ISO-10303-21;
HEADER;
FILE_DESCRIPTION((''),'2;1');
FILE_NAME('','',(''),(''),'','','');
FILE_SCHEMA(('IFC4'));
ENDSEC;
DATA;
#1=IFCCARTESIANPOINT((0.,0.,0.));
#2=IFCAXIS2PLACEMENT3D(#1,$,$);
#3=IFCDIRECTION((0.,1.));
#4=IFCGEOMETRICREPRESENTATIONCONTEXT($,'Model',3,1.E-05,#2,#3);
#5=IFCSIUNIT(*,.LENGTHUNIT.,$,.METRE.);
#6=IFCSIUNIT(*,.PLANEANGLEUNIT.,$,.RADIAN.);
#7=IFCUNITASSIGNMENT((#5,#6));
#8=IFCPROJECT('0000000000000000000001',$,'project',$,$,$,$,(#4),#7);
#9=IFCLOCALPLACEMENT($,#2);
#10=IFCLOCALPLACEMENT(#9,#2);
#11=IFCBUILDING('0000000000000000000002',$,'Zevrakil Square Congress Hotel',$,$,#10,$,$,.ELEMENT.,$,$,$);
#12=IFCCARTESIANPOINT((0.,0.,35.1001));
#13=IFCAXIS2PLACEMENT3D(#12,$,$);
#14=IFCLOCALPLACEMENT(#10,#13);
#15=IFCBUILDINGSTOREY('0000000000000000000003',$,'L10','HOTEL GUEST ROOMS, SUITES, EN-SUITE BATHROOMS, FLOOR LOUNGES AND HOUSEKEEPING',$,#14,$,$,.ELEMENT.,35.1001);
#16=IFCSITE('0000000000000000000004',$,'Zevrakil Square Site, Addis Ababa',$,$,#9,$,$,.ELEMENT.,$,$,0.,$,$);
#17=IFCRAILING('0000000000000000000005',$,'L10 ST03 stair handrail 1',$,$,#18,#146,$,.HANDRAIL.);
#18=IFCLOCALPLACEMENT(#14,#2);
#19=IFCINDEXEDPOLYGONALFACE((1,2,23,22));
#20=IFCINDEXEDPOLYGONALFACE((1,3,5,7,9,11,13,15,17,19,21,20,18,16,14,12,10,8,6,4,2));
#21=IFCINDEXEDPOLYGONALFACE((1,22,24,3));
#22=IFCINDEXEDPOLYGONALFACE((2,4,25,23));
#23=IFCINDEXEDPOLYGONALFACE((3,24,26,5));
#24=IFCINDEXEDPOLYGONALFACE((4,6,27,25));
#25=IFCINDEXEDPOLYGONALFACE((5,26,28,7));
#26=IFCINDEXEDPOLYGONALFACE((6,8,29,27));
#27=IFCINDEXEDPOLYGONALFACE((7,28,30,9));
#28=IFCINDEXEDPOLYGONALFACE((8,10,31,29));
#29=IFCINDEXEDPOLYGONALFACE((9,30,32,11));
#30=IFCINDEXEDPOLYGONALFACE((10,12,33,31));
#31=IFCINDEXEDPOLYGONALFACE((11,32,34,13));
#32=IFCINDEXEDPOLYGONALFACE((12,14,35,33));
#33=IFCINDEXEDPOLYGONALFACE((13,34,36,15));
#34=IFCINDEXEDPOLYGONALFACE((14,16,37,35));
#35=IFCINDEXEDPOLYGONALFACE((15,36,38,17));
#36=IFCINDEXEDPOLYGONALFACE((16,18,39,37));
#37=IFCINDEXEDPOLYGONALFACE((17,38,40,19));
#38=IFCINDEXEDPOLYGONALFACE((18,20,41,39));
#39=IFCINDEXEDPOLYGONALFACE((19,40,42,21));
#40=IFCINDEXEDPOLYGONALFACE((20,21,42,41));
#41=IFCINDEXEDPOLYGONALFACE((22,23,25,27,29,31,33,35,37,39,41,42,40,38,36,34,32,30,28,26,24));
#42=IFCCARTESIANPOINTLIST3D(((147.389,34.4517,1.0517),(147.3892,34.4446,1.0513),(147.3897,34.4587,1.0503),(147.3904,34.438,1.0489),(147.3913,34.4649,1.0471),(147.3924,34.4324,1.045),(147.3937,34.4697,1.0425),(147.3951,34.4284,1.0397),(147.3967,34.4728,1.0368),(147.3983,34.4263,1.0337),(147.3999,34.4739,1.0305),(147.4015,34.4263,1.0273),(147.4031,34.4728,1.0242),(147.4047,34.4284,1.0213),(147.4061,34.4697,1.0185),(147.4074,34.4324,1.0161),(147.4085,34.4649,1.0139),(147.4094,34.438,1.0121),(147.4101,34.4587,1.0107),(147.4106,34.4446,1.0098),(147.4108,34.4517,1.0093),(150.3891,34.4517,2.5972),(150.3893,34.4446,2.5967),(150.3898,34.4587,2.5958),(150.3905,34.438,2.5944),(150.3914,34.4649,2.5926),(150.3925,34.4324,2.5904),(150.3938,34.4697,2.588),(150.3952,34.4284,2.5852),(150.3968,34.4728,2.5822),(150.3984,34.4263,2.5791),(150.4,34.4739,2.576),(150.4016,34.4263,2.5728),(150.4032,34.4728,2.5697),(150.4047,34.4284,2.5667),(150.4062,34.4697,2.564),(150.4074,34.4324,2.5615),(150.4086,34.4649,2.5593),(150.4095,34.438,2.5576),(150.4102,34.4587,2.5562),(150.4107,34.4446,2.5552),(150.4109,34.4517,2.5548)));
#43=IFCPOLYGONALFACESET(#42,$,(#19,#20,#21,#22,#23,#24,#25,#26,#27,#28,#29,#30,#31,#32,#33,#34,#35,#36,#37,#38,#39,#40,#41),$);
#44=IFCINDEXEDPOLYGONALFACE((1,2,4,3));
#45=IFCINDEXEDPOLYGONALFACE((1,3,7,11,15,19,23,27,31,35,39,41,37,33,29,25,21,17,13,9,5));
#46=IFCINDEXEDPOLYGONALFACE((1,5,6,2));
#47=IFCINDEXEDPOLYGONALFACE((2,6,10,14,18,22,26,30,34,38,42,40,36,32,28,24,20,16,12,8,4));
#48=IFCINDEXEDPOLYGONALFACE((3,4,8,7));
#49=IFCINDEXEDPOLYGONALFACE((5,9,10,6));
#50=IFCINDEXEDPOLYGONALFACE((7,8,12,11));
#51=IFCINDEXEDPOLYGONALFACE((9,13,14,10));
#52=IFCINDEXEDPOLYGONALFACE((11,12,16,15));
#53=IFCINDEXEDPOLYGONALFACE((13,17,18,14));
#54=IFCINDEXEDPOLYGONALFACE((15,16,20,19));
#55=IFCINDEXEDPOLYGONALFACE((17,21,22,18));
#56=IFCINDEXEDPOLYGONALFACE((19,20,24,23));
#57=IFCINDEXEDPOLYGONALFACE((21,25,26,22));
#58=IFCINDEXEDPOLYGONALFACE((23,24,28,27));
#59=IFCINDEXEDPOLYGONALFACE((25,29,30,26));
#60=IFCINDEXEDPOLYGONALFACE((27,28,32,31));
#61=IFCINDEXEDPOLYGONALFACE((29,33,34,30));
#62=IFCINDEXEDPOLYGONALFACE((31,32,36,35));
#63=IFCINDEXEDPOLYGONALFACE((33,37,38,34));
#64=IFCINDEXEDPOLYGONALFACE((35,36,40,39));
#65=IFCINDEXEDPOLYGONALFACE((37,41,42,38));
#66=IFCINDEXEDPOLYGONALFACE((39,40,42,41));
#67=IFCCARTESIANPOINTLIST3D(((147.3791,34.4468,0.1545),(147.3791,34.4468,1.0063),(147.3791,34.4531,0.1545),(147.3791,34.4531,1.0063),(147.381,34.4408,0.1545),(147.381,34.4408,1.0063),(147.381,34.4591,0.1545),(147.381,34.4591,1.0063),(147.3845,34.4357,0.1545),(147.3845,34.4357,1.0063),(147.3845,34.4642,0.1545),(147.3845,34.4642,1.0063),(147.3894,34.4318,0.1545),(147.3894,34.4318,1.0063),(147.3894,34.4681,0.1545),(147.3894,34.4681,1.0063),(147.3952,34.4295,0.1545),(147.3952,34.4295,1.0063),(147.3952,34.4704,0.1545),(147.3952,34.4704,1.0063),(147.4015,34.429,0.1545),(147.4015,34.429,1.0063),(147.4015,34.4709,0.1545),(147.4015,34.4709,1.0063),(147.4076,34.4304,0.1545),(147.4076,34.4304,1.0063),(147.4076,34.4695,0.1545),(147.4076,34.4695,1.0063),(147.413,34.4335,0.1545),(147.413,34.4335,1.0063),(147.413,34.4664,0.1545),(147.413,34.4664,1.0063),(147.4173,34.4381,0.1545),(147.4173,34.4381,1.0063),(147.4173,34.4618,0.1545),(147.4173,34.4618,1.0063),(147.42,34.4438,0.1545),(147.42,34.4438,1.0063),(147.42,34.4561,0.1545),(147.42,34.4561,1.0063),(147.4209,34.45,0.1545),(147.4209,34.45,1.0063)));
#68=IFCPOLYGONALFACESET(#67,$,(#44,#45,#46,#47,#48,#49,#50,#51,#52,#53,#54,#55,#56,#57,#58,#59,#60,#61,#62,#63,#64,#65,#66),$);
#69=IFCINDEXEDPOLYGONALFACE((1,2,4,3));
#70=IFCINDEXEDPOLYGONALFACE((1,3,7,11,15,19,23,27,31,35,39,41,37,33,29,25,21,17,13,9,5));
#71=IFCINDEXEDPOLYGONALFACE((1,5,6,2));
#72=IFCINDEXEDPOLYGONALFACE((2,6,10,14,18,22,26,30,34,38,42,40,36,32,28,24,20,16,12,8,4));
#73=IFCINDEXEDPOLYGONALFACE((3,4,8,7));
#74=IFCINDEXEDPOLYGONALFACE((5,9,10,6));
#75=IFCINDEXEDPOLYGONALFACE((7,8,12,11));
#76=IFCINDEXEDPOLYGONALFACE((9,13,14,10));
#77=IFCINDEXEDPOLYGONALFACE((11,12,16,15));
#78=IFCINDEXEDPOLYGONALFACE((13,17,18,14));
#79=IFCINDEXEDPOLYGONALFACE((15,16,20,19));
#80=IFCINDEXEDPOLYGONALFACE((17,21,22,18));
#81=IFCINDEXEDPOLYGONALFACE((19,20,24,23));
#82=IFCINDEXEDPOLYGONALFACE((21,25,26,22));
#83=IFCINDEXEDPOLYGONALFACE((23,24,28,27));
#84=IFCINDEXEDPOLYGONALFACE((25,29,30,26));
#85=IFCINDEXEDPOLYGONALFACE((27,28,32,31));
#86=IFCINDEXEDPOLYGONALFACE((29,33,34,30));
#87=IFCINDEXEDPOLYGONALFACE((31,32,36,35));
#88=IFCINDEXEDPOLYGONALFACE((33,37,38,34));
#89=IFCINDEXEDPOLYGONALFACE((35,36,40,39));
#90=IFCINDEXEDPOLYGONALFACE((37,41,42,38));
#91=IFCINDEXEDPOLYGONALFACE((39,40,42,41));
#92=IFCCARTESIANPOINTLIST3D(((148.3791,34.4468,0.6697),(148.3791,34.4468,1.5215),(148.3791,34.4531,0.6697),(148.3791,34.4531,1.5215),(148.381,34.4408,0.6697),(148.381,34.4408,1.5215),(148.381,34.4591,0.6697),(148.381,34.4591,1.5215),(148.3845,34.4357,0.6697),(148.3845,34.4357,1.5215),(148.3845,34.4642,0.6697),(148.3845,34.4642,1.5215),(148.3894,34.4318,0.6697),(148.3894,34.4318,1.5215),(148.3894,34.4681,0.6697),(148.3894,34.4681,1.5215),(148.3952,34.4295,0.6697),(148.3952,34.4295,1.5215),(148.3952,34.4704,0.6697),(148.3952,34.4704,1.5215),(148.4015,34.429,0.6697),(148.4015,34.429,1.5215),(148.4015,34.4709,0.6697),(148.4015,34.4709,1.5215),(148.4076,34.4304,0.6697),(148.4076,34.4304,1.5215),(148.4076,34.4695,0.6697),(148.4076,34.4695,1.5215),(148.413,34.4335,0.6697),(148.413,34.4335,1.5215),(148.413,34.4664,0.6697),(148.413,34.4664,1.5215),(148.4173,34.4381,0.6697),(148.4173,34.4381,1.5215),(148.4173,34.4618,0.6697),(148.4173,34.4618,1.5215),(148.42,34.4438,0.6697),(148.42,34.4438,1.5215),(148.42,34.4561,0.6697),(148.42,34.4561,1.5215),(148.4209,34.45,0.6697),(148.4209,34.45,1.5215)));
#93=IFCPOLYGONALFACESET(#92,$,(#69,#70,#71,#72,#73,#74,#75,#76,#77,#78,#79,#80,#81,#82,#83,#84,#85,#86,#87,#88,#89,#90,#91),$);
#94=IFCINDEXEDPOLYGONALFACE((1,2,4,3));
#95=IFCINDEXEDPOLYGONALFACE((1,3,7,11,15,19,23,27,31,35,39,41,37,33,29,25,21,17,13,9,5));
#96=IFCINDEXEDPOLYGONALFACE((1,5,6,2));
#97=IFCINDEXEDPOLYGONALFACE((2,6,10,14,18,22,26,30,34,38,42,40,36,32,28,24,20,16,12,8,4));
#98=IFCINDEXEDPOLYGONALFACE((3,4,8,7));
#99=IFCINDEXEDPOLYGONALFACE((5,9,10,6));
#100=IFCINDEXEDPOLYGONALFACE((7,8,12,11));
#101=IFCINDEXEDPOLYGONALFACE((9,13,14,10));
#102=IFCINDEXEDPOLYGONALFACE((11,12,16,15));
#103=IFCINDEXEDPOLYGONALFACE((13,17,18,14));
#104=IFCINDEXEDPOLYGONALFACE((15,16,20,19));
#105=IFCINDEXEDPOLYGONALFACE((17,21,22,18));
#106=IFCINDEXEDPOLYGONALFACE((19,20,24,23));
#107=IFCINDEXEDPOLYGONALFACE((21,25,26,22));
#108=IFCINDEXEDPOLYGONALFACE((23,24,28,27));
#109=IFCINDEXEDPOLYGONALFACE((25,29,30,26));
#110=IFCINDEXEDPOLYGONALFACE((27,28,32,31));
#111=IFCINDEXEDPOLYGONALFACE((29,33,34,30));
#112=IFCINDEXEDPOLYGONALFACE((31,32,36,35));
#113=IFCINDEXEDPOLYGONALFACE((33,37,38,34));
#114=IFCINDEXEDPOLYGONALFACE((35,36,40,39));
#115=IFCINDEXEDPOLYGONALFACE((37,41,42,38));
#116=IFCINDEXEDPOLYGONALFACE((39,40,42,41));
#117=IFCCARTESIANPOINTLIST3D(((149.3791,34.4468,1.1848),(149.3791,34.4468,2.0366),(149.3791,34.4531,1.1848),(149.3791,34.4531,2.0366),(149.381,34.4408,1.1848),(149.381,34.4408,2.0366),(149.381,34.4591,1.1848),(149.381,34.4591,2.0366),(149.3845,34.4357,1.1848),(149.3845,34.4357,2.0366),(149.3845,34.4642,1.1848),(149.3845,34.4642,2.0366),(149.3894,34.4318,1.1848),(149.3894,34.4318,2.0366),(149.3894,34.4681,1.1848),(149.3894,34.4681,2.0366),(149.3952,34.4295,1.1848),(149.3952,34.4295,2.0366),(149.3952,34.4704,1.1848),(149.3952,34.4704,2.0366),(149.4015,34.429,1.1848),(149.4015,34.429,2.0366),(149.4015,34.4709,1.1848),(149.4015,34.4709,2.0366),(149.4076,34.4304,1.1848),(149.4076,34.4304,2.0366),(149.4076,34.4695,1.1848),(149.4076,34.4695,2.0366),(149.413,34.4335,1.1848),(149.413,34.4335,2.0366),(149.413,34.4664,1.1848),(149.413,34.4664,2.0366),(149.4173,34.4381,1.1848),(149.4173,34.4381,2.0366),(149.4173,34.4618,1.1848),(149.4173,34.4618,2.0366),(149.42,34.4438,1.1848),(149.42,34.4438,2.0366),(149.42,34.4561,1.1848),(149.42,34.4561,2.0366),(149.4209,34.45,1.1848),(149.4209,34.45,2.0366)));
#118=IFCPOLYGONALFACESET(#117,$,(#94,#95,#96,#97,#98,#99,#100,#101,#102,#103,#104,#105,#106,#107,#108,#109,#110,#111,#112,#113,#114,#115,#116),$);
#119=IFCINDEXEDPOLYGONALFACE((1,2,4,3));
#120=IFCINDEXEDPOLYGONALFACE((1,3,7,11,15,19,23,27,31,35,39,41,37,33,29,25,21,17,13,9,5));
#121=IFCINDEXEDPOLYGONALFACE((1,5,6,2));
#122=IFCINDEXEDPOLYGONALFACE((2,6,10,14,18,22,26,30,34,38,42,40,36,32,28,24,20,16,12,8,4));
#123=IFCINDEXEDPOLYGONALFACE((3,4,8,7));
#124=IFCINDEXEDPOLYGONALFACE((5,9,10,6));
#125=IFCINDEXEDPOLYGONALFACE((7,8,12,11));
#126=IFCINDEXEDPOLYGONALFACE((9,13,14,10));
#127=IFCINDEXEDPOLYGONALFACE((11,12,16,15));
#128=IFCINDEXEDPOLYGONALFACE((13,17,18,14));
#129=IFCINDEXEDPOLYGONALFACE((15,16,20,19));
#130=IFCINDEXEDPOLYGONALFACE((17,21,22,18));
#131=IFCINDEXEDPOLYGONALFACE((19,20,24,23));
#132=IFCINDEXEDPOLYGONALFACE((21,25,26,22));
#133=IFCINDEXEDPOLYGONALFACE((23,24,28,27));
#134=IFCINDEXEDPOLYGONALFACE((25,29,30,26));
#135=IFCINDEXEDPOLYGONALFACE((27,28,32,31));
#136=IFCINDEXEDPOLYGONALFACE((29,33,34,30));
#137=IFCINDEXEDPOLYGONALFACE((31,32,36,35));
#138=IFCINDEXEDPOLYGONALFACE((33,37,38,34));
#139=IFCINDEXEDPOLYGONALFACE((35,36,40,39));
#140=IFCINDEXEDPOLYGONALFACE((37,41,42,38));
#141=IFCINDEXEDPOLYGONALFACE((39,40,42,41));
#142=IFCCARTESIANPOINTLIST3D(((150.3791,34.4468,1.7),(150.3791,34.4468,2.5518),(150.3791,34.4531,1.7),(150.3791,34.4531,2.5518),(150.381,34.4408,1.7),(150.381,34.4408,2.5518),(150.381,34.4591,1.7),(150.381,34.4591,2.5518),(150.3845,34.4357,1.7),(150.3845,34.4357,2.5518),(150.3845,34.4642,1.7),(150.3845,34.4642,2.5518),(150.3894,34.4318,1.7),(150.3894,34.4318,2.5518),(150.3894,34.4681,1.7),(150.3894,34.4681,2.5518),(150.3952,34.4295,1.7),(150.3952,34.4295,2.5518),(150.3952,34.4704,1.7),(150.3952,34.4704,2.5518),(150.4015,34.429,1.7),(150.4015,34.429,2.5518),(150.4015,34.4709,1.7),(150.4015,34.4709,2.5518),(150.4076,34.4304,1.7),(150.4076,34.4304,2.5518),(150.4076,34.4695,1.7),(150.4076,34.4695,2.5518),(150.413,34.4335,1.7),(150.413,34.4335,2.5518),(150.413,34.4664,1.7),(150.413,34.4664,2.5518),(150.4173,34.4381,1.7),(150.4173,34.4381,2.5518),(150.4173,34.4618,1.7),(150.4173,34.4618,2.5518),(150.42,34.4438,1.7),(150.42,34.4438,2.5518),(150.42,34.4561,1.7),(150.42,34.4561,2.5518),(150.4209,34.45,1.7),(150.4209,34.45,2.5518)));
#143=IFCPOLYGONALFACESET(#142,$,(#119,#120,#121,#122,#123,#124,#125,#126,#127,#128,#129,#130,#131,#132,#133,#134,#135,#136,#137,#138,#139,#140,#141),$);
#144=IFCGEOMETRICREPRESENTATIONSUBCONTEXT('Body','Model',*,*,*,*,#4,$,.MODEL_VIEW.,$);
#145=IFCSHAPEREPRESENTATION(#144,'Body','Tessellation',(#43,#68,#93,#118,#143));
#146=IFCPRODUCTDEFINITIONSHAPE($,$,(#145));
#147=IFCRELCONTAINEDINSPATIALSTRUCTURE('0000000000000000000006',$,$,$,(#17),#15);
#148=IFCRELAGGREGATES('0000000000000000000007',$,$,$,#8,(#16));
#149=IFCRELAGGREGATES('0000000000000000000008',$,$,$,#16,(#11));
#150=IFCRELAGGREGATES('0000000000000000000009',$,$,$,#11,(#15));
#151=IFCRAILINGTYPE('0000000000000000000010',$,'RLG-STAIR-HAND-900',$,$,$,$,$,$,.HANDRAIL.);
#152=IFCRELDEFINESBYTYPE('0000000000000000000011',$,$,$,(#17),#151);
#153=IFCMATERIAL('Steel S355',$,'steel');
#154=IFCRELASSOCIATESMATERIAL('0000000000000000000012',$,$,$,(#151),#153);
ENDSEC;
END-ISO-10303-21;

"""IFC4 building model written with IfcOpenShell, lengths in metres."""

from ifc_helpers import new_model, si_unit, direction, frame, origin, origin_2d, place, context, subcontext, project, spatial, circle, extrude, material, type_object, element, save


model = new_model("IFC4")

# Units and contexts
model_context = context("Model", 3, precision=1e-05, world=origin(), true_north=direction((0.0, 1.0)))
body_context = subcontext(model_context, "Body", "Model", "MODEL_VIEW")
ifc_project = project(units=[si_unit("LENGTHUNIT", "METRE"), si_unit("PLANEANGLEUNIT", "RADIAN")], contexts=[model_context])

# Site, building, storey
site_placement = place(None, origin())
site = spatial("IfcSite", under=ifc_project, at=site_placement, Name="Zevrakil Square Site, Addis Ababa", CompositionType="ELEMENT", RefElevation=0.0)
building_placement = place(site_placement, origin())
building = spatial("IfcBuilding", under=site, at=building_placement, Name="Zevrakil Square Congress Hotel", CompositionType="ELEMENT")
storey_placement = place(building_placement, frame((0.0, 0.0, 35.1001)))
storey = spatial("IfcBuildingStorey", under=building, at=storey_placement, Name="L10", Description="HOTEL GUEST ROOMS, SUITES, EN-SUITE BATHROOMS, FLOOR LOUNGES AND HOUSEKEEPING", CompositionType="ELEMENT", Elevation=35.1001)

# Railing
ifc_material_1 = material(Name="Steel S355", Category="steel")
railing_type_1 = type_object("IfcRailingType", Name="RLG-STAIR-HAND-900", PredefinedType="HANDRAIL", material=ifc_material_1)
railing_1_placement = place(storey_placement, frame((147.3999, 34.45, 0.1545)))
element("IfcRailing", 1, at=railing_1_placement, inside=storey, type_object=railing_type_1, Name="L10 ST03 stair handrail 1", PredefinedType="HANDRAIL", context=body_context, shape_type="SweptSolid", body=[
    extrude(circle(Radius=0.0239, at=origin_2d()), frame((0.0, 0.0, 0.876), z_axis=(0.88898, 0.0, 0.457946), x_axis=(0.0, 1.0, 0.0)), (0.0, 0.0, 1.0), 3.3748),
    extrude(circle(Radius=0.021, at=origin_2d()), origin(), (0.0, 0.0, 1.0), 0.8518),
    extrude(circle(Radius=0.021, at=origin_2d()), frame((1.0, 0.0, 0.5151)), (0.0, 0.0, 1.0), 0.8518),
    extrude(circle(Radius=0.021, at=origin_2d()), frame((2.0, 0.0, 1.0303)), (0.0, 0.0, 1.0), 0.8518),
    extrude(circle(Radius=0.021, at=origin_2d()), frame((3.0, 0.0, 1.5454)), (0.0, 0.0, 1.0), 0.8518),
])

save(model, "model.ifc")
